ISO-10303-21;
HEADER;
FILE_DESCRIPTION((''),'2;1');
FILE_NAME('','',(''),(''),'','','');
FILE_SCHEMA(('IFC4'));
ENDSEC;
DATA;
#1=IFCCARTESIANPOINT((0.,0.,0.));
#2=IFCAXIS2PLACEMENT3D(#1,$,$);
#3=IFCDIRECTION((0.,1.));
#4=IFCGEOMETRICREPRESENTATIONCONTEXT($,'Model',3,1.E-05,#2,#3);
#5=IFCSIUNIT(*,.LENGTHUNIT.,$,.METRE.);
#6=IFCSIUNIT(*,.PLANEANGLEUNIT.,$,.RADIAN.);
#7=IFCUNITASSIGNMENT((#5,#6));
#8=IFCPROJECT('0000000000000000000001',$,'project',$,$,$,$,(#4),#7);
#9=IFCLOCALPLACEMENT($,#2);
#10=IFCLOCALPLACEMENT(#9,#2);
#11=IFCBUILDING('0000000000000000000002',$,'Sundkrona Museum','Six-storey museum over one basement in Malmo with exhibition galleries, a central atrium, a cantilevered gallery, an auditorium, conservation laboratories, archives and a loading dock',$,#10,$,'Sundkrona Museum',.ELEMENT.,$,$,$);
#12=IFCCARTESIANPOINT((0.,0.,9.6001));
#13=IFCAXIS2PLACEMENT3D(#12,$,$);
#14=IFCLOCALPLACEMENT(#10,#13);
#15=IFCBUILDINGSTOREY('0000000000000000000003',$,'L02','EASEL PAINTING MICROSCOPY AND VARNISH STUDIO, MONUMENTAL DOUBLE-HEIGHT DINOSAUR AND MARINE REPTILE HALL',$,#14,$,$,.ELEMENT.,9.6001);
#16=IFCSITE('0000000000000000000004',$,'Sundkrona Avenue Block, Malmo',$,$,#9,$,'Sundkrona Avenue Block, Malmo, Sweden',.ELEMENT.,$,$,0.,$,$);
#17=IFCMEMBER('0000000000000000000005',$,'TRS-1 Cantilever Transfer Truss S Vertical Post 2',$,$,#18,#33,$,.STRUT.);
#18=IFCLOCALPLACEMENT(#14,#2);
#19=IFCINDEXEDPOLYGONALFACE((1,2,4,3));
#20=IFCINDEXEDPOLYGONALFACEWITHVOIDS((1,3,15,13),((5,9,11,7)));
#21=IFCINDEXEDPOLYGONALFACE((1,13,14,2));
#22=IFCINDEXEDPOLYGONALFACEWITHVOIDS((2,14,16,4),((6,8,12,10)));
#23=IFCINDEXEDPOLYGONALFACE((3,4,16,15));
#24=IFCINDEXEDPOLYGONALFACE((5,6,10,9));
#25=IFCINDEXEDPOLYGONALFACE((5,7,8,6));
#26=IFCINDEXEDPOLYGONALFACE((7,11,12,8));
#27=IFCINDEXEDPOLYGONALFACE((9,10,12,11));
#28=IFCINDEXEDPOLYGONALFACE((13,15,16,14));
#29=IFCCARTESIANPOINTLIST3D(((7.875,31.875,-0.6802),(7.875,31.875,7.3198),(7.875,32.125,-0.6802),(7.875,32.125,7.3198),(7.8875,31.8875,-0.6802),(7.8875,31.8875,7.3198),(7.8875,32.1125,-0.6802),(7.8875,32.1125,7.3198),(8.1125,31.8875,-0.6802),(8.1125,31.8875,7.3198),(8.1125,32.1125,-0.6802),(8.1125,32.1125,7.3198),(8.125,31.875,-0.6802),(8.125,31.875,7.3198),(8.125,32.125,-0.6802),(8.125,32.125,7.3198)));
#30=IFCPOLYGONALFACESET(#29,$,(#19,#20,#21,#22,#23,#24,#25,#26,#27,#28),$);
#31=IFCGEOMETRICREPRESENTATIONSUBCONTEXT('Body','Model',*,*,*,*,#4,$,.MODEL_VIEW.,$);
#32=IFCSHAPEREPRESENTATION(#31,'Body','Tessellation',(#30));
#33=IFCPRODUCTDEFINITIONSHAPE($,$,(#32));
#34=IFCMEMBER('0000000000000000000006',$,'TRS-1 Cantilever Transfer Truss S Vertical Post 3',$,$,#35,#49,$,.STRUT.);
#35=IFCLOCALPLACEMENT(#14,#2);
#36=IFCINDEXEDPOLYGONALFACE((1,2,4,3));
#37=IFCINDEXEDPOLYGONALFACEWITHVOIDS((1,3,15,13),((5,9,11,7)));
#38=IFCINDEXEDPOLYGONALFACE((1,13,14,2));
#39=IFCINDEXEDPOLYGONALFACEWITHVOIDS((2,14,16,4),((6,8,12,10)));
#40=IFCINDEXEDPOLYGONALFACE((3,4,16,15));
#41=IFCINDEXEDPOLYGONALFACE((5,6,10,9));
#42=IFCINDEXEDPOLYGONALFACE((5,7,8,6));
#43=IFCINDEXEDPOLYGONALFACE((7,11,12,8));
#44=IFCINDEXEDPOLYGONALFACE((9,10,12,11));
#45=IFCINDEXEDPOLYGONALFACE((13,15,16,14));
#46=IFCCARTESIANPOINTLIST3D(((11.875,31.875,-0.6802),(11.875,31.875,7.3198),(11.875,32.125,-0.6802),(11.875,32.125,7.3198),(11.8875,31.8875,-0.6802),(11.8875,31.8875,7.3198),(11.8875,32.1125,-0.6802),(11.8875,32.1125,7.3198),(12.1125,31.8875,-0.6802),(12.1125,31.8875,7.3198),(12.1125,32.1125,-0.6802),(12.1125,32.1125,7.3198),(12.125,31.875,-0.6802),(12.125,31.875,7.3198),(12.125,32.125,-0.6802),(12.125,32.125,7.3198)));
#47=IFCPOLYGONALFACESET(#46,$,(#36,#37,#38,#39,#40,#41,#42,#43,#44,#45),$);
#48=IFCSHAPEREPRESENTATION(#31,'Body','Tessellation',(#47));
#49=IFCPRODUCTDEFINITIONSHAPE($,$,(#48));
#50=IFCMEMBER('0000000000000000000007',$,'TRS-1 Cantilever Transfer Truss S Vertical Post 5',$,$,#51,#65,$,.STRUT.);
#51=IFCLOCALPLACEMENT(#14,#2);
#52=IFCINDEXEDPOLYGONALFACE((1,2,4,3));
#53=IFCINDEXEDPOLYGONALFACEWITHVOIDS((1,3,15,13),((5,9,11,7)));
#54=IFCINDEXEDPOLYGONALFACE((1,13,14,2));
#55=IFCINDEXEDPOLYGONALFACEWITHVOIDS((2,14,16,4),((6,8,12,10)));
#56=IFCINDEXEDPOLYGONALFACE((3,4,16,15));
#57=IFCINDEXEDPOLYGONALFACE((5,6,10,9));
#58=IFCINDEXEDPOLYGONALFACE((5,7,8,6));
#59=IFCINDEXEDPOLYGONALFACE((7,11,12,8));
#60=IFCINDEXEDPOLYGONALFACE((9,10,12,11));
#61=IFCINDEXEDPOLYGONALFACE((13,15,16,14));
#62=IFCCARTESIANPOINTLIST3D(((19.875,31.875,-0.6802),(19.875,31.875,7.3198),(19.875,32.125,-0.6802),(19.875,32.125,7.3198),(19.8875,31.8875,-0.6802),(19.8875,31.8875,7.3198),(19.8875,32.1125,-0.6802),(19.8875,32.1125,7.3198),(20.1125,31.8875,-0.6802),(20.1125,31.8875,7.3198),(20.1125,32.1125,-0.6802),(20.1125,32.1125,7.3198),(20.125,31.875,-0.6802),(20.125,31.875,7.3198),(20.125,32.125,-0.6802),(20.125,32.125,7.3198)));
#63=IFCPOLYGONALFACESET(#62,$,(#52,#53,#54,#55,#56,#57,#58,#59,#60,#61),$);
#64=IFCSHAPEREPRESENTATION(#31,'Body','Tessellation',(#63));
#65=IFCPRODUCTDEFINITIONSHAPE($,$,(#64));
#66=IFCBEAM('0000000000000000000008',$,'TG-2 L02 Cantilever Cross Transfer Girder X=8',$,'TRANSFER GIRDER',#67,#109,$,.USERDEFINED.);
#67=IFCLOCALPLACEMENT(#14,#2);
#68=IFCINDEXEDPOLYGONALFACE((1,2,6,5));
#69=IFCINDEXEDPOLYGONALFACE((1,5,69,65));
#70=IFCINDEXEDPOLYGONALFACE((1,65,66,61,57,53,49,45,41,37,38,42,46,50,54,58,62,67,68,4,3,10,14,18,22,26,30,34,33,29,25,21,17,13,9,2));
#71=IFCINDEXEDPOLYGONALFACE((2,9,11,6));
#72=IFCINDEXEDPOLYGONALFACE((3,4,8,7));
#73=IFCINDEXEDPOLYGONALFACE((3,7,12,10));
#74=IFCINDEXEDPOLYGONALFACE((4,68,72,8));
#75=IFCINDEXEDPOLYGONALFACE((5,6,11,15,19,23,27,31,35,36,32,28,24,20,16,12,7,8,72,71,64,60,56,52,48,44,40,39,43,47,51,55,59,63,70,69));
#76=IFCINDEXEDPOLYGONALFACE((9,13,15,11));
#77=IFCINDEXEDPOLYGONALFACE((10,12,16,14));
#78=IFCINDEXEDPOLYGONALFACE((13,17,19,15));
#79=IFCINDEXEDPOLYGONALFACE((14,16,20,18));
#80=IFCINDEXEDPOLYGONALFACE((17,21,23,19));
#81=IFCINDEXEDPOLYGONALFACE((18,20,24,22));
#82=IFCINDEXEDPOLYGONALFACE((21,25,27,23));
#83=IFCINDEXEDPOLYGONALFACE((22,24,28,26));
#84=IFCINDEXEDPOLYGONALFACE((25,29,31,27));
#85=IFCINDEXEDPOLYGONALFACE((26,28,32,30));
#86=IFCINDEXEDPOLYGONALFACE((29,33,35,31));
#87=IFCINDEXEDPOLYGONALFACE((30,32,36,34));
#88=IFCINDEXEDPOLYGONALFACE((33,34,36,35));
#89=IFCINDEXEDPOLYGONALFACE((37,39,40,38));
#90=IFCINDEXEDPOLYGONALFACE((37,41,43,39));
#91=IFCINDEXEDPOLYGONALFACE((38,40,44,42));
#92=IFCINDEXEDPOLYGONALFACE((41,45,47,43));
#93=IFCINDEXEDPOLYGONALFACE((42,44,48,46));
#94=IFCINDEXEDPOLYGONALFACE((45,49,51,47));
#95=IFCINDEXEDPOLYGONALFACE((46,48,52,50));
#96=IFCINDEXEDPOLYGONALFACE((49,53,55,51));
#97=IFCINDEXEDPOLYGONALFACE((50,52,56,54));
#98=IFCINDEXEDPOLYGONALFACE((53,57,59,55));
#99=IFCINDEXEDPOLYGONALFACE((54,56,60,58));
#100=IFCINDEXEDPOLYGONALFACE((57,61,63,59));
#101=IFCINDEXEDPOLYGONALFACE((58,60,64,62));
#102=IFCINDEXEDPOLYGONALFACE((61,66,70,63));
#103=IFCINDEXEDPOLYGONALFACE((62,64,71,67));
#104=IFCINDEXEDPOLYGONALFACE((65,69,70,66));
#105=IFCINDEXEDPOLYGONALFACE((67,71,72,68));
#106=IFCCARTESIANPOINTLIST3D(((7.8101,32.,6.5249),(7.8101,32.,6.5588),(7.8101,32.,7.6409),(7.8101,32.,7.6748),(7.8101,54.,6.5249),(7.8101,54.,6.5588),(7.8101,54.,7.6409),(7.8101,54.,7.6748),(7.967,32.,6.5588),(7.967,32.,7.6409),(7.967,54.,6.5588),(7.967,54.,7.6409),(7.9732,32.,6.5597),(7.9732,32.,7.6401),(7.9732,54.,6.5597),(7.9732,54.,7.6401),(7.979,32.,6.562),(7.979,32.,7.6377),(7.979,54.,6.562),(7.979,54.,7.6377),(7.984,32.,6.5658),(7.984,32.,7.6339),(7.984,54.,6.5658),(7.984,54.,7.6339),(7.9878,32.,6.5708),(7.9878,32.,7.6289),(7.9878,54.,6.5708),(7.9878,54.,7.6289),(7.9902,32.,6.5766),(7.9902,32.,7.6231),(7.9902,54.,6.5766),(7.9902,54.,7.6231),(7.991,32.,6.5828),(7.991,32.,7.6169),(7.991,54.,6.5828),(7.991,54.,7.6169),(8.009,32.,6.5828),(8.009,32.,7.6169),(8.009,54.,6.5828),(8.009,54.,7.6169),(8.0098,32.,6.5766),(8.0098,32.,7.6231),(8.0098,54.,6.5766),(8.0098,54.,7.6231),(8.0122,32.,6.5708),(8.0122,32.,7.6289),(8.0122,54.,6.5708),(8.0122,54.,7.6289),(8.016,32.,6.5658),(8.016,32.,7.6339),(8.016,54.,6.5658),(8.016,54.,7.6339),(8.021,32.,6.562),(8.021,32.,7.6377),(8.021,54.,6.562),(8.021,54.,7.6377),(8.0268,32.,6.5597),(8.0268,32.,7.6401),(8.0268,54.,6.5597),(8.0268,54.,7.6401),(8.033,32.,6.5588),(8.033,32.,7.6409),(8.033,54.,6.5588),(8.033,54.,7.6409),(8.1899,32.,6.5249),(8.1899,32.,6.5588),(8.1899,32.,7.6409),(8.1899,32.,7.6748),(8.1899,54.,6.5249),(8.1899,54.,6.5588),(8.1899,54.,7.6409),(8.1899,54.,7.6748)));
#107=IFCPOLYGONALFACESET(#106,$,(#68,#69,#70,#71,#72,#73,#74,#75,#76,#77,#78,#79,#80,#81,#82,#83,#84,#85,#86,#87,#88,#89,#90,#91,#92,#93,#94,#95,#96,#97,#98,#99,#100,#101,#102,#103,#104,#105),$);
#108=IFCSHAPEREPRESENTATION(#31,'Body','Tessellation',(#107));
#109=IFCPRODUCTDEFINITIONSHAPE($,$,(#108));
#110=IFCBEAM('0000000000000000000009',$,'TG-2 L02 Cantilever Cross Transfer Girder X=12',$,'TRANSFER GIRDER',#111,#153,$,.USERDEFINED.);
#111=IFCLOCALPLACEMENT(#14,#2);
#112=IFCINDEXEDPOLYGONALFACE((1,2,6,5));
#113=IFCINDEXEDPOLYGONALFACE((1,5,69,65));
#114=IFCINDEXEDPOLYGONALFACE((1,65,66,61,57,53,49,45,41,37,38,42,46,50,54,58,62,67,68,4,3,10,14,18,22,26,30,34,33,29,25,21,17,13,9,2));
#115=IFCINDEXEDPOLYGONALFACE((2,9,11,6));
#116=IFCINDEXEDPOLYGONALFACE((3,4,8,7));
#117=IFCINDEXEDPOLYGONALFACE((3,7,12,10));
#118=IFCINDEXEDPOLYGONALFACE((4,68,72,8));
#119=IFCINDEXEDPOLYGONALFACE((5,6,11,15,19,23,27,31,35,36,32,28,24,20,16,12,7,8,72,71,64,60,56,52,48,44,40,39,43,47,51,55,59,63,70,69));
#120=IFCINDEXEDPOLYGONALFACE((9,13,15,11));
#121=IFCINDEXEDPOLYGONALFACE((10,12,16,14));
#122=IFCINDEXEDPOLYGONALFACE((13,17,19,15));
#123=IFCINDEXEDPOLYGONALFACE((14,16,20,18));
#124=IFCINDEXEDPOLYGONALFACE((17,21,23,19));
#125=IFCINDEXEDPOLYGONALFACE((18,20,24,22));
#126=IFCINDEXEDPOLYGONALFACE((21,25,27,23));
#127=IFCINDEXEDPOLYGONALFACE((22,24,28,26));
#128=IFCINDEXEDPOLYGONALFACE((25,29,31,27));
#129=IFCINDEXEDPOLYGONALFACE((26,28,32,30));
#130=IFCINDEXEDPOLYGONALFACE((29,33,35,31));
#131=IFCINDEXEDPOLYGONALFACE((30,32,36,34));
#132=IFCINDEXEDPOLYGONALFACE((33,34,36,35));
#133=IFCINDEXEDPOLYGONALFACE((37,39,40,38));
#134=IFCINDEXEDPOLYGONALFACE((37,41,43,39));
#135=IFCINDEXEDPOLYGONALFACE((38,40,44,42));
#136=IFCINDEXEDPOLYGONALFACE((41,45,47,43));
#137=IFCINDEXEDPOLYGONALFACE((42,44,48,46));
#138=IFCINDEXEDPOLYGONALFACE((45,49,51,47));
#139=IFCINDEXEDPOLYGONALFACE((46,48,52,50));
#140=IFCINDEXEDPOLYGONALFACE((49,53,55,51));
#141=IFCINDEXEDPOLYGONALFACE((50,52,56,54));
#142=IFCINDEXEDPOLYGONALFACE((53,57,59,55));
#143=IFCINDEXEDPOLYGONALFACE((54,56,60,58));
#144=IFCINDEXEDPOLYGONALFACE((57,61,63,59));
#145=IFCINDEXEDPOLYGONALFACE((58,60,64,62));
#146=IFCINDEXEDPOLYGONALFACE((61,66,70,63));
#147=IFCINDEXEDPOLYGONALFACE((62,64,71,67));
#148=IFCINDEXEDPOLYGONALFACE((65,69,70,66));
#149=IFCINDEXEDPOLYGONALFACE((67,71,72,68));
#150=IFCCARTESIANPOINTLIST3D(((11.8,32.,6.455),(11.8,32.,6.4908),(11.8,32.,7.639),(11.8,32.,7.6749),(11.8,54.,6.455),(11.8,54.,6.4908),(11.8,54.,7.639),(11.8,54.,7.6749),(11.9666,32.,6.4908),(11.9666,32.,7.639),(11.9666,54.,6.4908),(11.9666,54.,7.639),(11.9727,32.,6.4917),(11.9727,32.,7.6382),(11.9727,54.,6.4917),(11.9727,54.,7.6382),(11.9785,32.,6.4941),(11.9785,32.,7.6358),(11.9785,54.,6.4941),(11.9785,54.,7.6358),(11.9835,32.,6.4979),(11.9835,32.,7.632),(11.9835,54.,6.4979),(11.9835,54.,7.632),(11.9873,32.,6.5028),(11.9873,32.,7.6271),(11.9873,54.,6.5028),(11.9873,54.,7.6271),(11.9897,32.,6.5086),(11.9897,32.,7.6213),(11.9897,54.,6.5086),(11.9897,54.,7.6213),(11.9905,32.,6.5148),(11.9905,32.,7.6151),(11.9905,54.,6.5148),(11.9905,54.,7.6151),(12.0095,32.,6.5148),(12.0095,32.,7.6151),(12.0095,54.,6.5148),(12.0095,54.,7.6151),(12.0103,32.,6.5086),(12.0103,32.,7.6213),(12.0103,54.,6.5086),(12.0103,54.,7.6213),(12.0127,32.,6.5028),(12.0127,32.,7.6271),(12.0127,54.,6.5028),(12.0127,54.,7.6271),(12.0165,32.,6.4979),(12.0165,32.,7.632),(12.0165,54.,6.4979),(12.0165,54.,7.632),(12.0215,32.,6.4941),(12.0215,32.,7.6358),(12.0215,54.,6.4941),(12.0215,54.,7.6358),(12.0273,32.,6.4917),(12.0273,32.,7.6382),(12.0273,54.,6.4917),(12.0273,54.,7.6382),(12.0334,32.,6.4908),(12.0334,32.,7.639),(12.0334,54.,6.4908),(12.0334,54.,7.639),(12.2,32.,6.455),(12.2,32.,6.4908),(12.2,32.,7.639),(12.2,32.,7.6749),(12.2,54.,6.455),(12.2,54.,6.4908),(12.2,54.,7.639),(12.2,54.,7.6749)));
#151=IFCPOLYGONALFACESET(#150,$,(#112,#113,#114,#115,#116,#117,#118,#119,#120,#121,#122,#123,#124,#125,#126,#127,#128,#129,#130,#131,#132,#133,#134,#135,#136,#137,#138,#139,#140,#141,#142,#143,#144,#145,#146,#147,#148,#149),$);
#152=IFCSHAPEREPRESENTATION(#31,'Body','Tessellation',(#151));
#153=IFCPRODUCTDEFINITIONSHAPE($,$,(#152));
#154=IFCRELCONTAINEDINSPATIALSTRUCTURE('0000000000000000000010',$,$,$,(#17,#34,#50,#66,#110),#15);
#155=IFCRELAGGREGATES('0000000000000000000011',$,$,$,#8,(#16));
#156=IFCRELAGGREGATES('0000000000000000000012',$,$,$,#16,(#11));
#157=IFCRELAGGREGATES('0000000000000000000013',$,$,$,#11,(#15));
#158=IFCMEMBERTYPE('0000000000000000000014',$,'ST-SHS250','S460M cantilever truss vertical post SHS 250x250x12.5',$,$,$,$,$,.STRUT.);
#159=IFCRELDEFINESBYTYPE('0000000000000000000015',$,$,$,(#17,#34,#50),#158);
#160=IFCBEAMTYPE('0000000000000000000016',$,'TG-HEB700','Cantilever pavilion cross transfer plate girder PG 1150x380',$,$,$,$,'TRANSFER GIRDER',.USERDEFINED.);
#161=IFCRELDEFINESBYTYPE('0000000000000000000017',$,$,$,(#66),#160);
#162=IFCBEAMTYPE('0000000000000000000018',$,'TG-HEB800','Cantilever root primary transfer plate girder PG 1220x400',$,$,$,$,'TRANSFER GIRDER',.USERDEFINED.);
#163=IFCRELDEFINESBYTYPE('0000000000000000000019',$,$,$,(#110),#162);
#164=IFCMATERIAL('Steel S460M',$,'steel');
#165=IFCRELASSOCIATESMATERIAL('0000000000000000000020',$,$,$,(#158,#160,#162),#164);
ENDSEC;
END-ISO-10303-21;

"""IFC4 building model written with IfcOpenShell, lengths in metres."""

from ifc_helpers import new_model, si_unit, direction, frame, origin, origin_2d, place, context, subcontext, project, spatial, hollow_rectangle, i_section, extrude, material, material_profile, profile_set, type_object, element, save


model = new_model("IFC4")

# Units and contexts
model_context = context("Model", 3, precision=1e-05, world=origin(), true_north=direction((0.0, 1.0)))
body_context = subcontext(model_context, "Body", "Model", "MODEL_VIEW")
ifc_project = project(units=[si_unit("LENGTHUNIT", "METRE"), si_unit("PLANEANGLEUNIT", "RADIAN")], contexts=[model_context])

# Site, building, storey
site_placement = place(None, origin())
site = spatial("IfcSite", under=ifc_project, at=site_placement, Name="Sundkrona Avenue Block, Malmo", LongName="Sundkrona Avenue Block, Malmo, Sweden", CompositionType="ELEMENT", RefElevation=0.0)
building_placement = place(site_placement, origin())
building = spatial("IfcBuilding", under=site, at=building_placement, Name="Sundkrona Museum", Description="Six-storey museum over one basement in Malmo with exhibition galleries, a central atrium, a cantilevered gallery, an auditorium, conservation laboratories, archives and a loading dock", LongName="Sundkrona Museum", CompositionType="ELEMENT")
storey_placement = place(building_placement, frame((0.0, 0.0, 9.6001)))
storey = spatial("IfcBuildingStorey", under=building, at=storey_placement, Name="L02", Description="EASEL PAINTING MICROSCOPY AND VARNISH STUDIO, MONUMENTAL DOUBLE-HEIGHT DINOSAUR AND MARINE REPTILE HALL", CompositionType="ELEMENT", Elevation=9.6001)

# Shared definitions
ifc_material_1 = material(Name="Steel S460M", Category="steel")

# Members
ifc_material_profile_1 = material_profile(ifc_material_1, hollow_rectangle(XDim=0.25, YDim=0.25, WallThickness=0.0125, at=origin_2d()), Name="SHS 250x250x12.5")
ifc_profile_set_1 = profile_set([ifc_material_profile_1], Name="Steel S460M")
member_type_1 = type_object("IfcMemberType", Name="ST-SHS250", Description="S460M cantilever truss vertical post SHS 250x250x12.5", PredefinedType="STRUT", material=ifc_profile_set_1)
for number, where, z_axis, x_axis, name in (
    (1, (8.0, 32.0, -0.6802), (0.0, 0.0, 1.0), (1.0, 0.0, 0.0), "TRS-1 Cantilever Transfer Truss S Vertical Post 2"),
    (2, (12.0, 32.0, -0.6802), (0.0, 0.0, 1.0), (1.0, 0.0, 0.0), "TRS-1 Cantilever Transfer Truss S Vertical Post 3"),
    (3, (20.0, 32.0, -0.6802), (0.0, 0.0, 1.0), (1.0, 0.0, 0.0), "TRS-1 Cantilever Transfer Truss S Vertical Post 5"),
):
    element("IfcMember", number, at=place(storey_placement, frame(where, z_axis=z_axis, x_axis=x_axis)), inside=storey, type_object=member_type_1, Name=name, PredefinedType="STRUT", context=body_context, shape_type="SweptSolid", body=[
        extrude(hollow_rectangle(XDim=0.25, YDim=0.25, WallThickness=0.0125, at=origin_2d()), origin(), (0.0, 0.0, 1.0), 8.0),
    ])

# Beams
ifc_material_profile_2 = material_profile(ifc_material_1, i_section(OverallWidth=0.3799, OverallDepth=1.1499, WebThickness=0.0181, FlangeThickness=0.0339, FilletRadius=0.0239, at=origin_2d()), Name="PG 1150x380")
ifc_profile_set_2 = profile_set([ifc_material_profile_2], Name="Steel S460M")
beam_type_1 = type_object("IfcBeamType", Name="TG-HEB700", Description="Cantilever pavilion cross transfer plate girder PG 1150x380", ElementType="TRANSFER GIRDER", PredefinedType="USERDEFINED", material=ifc_profile_set_2)
beam_1_placement = place(storey_placement, frame((8.0, 32.0, 7.0999), z_axis=(0.0, 1.0, 0.0), x_axis=(-1.0, 0.0, 0.0)))
element("IfcBeam", 4, at=beam_1_placement, inside=storey, type_object=beam_type_1, Name="TG-2 L02 Cantilever Cross Transfer Girder X=8", ObjectType="TRANSFER GIRDER", PredefinedType="USERDEFINED", context=body_context, shape_type="SweptSolid", body=[
    extrude(i_section(OverallWidth=0.3799, OverallDepth=1.1499, WebThickness=0.0181, FlangeThickness=0.0339, FilletRadius=0.0239, at=origin_2d()), origin(), (0.0, 0.0, 1.0), 22.0),
])
ifc_material_profile_3 = material_profile(ifc_material_1, i_section(OverallWidth=0.3999, OverallDepth=1.22, WebThickness=0.019, FlangeThickness=0.0359, FilletRadius=0.0239, at=origin_2d()), Name="PG 1220x400")
ifc_profile_set_3 = profile_set([ifc_material_profile_3], Name="Steel S460M")
beam_type_2 = type_object("IfcBeamType", Name="TG-HEB800", Description="Cantilever root primary transfer plate girder PG 1220x400", ElementType="TRANSFER GIRDER", PredefinedType="USERDEFINED", material=ifc_profile_set_3)
beam_2_placement = place(storey_placement, frame((12.0, 32.0, 7.0649), z_axis=(0.0, 1.0, 0.0), x_axis=(-1.0, 0.0, 0.0)))
element("IfcBeam", 5, at=beam_2_placement, inside=storey, type_object=beam_type_2, Name="TG-2 L02 Cantilever Cross Transfer Girder X=12", ObjectType="TRANSFER GIRDER", PredefinedType="USERDEFINED", context=body_context, shape_type="SweptSolid", body=[
    extrude(i_section(OverallWidth=0.3999, OverallDepth=1.22, WebThickness=0.019, FlangeThickness=0.0359, FilletRadius=0.0239, at=origin_2d()), origin(), (0.0, 0.0, 1.0), 22.0),
])

save(model, "model.ifc")
